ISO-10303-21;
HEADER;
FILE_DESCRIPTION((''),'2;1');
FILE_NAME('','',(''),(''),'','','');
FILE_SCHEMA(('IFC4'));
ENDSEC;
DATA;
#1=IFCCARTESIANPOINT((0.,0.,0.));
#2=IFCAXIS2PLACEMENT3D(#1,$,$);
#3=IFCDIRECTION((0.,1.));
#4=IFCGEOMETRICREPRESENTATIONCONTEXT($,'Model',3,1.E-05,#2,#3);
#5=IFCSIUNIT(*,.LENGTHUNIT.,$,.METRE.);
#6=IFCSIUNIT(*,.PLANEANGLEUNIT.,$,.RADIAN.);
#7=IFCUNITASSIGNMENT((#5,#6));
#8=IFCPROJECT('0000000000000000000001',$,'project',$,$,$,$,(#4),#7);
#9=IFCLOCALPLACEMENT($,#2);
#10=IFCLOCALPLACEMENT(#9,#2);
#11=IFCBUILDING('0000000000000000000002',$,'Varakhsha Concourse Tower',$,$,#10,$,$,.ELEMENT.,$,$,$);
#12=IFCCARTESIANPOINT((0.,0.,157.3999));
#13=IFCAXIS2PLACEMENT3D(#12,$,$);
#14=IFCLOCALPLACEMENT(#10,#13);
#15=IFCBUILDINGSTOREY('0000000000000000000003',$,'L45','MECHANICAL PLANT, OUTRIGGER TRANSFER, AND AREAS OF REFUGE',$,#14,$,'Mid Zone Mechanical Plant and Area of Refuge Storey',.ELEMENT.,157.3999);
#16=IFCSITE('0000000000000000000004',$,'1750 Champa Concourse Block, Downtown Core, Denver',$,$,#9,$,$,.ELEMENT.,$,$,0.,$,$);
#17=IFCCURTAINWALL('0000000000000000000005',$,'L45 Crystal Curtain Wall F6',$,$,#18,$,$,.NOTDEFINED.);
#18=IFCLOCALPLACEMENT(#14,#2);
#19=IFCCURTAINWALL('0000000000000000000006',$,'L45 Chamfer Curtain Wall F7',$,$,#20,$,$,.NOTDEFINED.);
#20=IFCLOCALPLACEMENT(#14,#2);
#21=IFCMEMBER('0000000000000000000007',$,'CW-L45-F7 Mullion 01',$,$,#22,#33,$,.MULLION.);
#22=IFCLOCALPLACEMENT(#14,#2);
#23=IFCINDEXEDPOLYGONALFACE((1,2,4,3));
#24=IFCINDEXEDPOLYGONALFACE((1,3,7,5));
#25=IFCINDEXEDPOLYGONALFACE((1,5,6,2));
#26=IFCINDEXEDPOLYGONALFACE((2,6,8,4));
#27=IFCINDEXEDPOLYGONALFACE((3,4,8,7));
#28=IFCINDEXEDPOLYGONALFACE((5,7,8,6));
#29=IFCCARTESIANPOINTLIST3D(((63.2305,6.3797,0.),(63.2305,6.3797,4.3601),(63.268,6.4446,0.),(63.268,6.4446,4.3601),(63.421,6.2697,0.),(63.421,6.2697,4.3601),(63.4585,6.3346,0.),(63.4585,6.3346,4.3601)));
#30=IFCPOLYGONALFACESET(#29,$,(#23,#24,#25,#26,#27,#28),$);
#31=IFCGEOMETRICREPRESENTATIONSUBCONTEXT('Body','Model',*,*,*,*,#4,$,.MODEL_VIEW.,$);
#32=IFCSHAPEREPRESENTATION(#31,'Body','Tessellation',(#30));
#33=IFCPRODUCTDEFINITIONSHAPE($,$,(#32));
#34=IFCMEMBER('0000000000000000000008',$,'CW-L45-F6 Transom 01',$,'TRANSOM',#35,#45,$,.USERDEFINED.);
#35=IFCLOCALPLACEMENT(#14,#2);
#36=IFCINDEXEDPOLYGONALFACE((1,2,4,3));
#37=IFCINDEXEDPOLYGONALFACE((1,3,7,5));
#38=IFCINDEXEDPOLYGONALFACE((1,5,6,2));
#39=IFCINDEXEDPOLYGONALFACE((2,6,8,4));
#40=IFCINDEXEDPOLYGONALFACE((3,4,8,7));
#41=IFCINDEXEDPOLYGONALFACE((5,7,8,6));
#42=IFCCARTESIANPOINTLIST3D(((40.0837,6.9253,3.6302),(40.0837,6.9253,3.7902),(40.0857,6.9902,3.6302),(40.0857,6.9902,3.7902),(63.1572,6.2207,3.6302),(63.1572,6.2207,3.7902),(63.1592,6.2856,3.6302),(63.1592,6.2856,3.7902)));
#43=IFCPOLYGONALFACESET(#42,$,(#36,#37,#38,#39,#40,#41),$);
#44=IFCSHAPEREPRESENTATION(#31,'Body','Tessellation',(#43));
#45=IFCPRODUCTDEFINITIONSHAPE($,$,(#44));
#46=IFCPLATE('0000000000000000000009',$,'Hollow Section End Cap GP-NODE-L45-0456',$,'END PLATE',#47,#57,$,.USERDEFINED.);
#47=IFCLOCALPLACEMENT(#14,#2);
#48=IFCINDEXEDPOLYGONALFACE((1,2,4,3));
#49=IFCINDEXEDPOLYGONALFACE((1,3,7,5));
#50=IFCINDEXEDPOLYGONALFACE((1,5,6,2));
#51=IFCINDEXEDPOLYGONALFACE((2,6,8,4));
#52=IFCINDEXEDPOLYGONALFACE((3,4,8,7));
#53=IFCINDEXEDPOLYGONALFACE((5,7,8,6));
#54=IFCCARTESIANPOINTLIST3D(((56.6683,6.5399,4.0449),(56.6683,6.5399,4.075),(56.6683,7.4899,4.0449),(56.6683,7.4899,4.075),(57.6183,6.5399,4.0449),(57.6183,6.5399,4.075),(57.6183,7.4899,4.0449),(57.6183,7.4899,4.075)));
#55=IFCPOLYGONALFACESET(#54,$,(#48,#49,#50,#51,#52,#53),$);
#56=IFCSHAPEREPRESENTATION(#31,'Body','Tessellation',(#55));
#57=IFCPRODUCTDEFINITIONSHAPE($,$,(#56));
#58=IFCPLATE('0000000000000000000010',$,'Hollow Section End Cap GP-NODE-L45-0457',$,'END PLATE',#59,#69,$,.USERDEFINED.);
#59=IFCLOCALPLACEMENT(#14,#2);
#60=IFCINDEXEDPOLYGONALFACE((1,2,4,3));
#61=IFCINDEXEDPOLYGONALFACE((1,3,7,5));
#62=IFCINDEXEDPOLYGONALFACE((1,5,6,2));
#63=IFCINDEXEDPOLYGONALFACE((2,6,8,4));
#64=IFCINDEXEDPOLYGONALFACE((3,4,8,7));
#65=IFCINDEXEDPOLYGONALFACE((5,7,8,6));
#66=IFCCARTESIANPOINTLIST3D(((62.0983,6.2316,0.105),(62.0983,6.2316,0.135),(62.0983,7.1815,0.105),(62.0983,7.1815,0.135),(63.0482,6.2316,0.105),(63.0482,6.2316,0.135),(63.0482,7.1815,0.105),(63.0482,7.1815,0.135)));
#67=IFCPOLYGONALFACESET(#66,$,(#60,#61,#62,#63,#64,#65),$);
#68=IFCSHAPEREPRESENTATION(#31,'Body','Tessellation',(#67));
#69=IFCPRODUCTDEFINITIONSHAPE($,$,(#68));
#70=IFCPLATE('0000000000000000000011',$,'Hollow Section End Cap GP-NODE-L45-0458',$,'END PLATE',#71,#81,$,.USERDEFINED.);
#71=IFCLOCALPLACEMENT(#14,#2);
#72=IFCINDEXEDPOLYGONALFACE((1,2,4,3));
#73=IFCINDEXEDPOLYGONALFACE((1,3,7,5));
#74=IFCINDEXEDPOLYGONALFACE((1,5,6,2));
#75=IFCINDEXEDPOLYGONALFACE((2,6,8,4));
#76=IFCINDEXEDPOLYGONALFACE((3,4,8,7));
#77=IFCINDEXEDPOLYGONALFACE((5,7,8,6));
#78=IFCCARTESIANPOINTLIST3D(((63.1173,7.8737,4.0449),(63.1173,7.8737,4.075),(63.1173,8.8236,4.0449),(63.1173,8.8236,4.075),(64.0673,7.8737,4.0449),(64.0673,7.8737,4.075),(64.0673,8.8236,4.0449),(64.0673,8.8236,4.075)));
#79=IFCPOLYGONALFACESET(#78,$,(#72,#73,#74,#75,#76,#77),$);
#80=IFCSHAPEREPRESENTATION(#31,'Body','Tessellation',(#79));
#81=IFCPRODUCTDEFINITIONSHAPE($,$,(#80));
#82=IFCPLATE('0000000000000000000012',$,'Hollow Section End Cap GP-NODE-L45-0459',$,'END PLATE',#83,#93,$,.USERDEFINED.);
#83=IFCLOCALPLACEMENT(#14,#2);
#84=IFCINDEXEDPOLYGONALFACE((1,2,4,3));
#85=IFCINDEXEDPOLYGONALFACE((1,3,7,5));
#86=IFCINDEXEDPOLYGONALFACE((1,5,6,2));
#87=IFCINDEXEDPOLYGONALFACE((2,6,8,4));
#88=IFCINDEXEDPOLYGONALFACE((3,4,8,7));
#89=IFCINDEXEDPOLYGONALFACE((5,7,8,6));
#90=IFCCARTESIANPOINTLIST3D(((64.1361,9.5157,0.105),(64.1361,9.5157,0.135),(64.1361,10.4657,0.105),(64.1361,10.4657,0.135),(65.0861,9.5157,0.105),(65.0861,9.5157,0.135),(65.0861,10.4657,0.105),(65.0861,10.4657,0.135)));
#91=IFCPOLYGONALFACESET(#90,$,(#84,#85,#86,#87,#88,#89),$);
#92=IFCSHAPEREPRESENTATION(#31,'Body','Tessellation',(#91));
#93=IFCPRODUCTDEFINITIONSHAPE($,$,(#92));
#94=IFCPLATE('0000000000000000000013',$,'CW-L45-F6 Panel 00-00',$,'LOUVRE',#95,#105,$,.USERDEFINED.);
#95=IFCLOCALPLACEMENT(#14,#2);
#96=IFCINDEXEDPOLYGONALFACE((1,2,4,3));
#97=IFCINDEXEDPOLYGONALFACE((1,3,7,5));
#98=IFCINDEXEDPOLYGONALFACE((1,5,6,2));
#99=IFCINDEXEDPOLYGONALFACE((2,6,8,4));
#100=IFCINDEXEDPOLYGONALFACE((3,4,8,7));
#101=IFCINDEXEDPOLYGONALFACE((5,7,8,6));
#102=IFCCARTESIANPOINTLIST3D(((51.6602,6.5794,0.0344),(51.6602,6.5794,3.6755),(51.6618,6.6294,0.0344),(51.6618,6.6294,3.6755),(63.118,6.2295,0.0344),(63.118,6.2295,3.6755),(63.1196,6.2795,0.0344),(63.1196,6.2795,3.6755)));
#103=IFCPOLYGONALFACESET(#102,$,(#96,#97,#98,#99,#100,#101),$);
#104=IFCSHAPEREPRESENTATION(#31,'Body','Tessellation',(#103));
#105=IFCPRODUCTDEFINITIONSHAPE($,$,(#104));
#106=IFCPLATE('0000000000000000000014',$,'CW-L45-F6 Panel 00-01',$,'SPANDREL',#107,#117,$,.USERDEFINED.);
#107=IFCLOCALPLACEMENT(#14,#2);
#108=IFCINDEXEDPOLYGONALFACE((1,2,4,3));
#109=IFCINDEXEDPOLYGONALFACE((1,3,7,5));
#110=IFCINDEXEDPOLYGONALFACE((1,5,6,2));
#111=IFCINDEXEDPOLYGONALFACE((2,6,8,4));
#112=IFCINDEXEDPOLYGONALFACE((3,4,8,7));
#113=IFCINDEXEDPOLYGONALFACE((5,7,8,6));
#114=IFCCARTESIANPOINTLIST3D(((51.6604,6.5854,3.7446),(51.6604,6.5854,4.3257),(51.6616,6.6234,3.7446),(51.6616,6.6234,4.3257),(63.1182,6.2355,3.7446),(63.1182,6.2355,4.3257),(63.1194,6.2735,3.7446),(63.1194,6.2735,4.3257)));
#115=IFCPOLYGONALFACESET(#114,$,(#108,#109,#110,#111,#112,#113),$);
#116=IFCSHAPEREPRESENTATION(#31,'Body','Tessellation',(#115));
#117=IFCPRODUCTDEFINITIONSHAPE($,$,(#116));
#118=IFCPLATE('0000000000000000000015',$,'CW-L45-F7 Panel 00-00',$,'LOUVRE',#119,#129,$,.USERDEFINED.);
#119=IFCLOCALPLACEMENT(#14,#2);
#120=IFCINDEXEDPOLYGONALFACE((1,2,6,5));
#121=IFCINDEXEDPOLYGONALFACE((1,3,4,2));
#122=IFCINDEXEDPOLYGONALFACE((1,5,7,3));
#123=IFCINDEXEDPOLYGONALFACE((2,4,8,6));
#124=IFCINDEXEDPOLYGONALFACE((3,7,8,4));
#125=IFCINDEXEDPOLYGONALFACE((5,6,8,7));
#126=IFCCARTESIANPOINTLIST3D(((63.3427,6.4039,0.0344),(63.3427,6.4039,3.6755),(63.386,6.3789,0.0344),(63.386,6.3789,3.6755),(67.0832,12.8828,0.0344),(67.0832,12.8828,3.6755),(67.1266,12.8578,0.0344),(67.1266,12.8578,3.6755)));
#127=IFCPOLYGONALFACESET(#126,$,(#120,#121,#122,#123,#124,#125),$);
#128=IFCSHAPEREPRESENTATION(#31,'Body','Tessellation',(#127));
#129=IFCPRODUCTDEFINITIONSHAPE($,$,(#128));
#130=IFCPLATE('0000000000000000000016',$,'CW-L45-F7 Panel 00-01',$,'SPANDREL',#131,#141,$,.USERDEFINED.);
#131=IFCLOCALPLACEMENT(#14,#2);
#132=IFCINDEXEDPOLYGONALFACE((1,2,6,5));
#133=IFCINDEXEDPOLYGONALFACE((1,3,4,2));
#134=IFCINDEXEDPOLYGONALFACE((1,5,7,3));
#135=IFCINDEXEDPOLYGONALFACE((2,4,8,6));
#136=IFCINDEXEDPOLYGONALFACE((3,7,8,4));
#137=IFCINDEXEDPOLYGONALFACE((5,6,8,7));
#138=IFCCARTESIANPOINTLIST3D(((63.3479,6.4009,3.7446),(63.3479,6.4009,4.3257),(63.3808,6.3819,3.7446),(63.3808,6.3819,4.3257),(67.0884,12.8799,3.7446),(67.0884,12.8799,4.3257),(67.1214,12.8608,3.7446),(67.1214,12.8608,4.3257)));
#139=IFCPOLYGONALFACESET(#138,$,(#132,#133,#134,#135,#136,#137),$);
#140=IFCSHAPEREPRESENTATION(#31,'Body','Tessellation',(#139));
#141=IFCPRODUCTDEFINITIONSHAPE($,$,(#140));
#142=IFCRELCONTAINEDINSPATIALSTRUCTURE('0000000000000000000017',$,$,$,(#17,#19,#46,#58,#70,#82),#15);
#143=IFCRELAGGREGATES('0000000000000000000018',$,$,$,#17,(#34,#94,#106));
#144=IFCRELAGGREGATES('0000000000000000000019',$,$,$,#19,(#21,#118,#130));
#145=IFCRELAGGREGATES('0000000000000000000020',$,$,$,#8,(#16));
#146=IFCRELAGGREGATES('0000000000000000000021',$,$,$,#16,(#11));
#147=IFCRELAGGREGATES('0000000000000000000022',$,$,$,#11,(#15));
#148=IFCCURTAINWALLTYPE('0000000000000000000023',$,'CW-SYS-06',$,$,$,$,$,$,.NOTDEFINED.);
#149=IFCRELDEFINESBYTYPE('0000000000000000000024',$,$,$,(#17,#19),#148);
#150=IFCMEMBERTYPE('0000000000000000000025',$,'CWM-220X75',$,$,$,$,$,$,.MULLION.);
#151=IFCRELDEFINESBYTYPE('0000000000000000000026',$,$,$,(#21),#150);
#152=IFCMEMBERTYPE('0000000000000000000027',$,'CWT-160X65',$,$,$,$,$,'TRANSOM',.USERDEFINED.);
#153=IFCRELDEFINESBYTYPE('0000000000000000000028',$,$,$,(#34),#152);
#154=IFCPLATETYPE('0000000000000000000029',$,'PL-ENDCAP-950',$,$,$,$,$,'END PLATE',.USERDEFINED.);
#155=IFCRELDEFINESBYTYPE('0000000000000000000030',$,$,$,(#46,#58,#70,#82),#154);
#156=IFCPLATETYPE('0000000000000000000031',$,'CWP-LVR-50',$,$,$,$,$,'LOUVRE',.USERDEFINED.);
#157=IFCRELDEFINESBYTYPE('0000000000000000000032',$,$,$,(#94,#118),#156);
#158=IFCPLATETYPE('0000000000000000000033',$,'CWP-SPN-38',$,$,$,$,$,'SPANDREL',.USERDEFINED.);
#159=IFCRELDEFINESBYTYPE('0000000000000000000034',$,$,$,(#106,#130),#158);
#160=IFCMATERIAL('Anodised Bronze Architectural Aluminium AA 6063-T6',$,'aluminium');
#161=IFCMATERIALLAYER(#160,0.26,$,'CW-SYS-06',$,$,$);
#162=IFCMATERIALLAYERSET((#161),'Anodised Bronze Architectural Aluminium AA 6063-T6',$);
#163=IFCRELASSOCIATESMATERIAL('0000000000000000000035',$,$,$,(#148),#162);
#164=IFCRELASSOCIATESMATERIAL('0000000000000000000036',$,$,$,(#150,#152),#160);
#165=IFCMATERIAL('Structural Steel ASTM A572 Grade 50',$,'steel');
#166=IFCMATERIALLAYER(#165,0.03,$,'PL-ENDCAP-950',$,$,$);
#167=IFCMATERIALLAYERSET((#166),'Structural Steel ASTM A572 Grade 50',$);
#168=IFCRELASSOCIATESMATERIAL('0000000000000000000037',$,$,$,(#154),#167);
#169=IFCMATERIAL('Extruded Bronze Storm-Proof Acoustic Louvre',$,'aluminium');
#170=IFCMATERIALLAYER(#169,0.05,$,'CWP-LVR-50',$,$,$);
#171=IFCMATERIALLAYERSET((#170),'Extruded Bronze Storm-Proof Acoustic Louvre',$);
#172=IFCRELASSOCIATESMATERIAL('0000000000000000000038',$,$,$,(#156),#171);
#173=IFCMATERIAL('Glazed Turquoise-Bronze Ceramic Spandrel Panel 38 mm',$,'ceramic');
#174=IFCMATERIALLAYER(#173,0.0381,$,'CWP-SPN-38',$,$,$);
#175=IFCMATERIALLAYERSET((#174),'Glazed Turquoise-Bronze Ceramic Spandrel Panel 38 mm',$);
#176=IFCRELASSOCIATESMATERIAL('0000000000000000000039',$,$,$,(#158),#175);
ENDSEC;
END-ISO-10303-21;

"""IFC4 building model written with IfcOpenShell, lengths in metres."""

from ifc_helpers import new_model, si_unit, direction, frame, origin, origin_2d, place, context, subcontext, project, spatial, rectangle, extrude, source, transform, mapped, material, layer, layer_set, material_profile, profile_set, type_object, type_shapes, element, aggregate, save


model = new_model("IFC4")

# Units and contexts
model_context = context("Model", 3, precision=1e-05, world=origin(), true_north=direction((0.0, 1.0)))
body_context = subcontext(model_context, "Body", "Model", "MODEL_VIEW")
ifc_project = project(units=[si_unit("LENGTHUNIT", "METRE"), si_unit("PLANEANGLEUNIT", "RADIAN")], contexts=[model_context])

# Site, building, storey
site_placement = place(None, origin())
site = spatial("IfcSite", under=ifc_project, at=site_placement, Name="1750 Champa Concourse Block, Downtown Core, Denver", CompositionType="ELEMENT", RefElevation=0.0)
building_placement = place(site_placement, origin())
building = spatial("IfcBuilding", under=site, at=building_placement, Name="Varakhsha Concourse Tower", CompositionType="ELEMENT")
storey_placement = place(building_placement, frame((0.0, 0.0, 157.3999)))
storey = spatial("IfcBuildingStorey", under=building, at=storey_placement, Name="L45", Description="MECHANICAL PLANT, OUTRIGGER TRANSFER, AND AREAS OF REFUGE", LongName="Mid Zone Mechanical Plant and Area of Refuge Storey", CompositionType="ELEMENT", Elevation=157.3999)

# Shared definitions
ifc_material_1 = material(Name="Structural Steel ASTM A572 Grade 50", Category="steel")

# Curtain walls, member
ifc_material_2 = material(Name="Anodised Bronze Architectural Aluminium AA 6063-T6", Category="aluminium")
ifc_layer_1 = layer(ifc_material_2, 0.26, Name="CW-SYS-06")
ifc_layer_set_1 = layer_set([ifc_layer_1], Name="Anodised Bronze Architectural Aluminium AA 6063-T6")
curtain_wall_type = type_object("IfcCurtainWallType", Name="CW-SYS-06", PredefinedType="NOTDEFINED", material=ifc_layer_set_1)
curtain_wall_1_placement = place(storey_placement, origin())
curtain_wall_1 = element("IfcCurtainWall", 1, at=curtain_wall_1_placement, inside=storey, type_object=curtain_wall_type, Name="L45 Crystal Curtain Wall F6", PredefinedType="NOTDEFINED")
ifc_material_profile_1 = material_profile(ifc_material_2, rectangle(XDim=0.075, YDim=0.22, at=origin_2d()), Name="CWM-220X75")
ifc_profile_set_1 = profile_set([ifc_material_profile_1], Name="Anodised Bronze Architectural Aluminium AA 6063-T6")
member_type_1 = type_object("IfcMemberType", Name="CWM-220X75", PredefinedType="MULLION", material=ifc_profile_set_1)
shared_shape_1 = source(origin(), body_context, "Body", "SweptSolid", [
    extrude(rectangle(XDim=0.075, YDim=0.22, at=origin_2d()), origin(), (0.0, 0.0, 1.0), 4.3601),
])
type_shapes(member_type_1, [shared_shape_1])
curtain_wall_2_placement = place(storey_placement, origin())
curtain_wall_2 = element("IfcCurtainWall", 2, at=curtain_wall_2_placement, inside=storey, type_object=curtain_wall_type, Name="L45 Chamfer Curtain Wall F7", PredefinedType="NOTDEFINED")
member_1_placement = place(storey_placement, frame((63.3445, 6.3572, 0.0), z_axis=(0.0, 0.0, 1.0), x_axis=(-0.499991, -0.866031, 0.0)))
member_1 = element("IfcMember", 3, at=member_1_placement, type_object=member_type_1, Name="CW-L45-F7 Mullion 01", PredefinedType="MULLION", context=body_context, shape_type="MappedRepresentation", body=[
    mapped(shared_shape_1, transform((0.0, 0.0, 0.0), scale=1.0)),
])

# Member
ifc_material_profile_2 = material_profile(ifc_material_2, rectangle(XDim=0.0649, YDim=0.1599, at=origin_2d()), Name="CWT-160X65")
ifc_profile_set_2 = profile_set([ifc_material_profile_2], Name="Anodised Bronze Architectural Aluminium AA 6063-T6")
member_type_2 = type_object("IfcMemberType", Name="CWT-160X65", ElementType="TRANSOM", PredefinedType="USERDEFINED", material=ifc_profile_set_2)
shared_shape_2 = source(origin(), body_context, "Body", "SweptSolid", [
    extrude(rectangle(XDim=0.0649, YDim=0.1599, at=origin_2d()), origin(), (0.0, 0.0, 1.0), 23.0842),
])
type_shapes(member_type_2, [shared_shape_2])
member_2_placement = place(storey_placement, frame((63.1582, 6.2532, 3.7102), z_axis=(-0.999534, 0.030523, 0.0), x_axis=(-0.030523, -0.999534, 0.0)))
member_2 = element("IfcMember", 4, at=member_2_placement, type_object=member_type_2, Name="CW-L45-F6 Transom 01", ObjectType="TRANSOM", PredefinedType="USERDEFINED", context=body_context, shape_type="MappedRepresentation", body=[
    mapped(shared_shape_2, transform((0.0, 0.0, 0.0), scale=1.0)),
])

# Plates
ifc_layer_2 = layer(ifc_material_1, 0.03, Name="PL-ENDCAP-950")
ifc_layer_set_2 = layer_set([ifc_layer_2], Name="Structural Steel ASTM A572 Grade 50")
plate_type_1 = type_object("IfcPlateType", Name="PL-ENDCAP-950", ElementType="END PLATE", PredefinedType="USERDEFINED", material=ifc_layer_set_2)
shared_shape_3 = source(origin(), body_context, "Body", "SweptSolid", [
    extrude(rectangle(XDim=0.95, YDim=0.95, at=origin_2d()), origin(), (0.0, 0.0, 1.0), 0.03),
])
type_shapes(plate_type_1, [shared_shape_3])
for number, where, z_axis, x_axis, name in (
    (5, (57.1433, 7.0149, 4.0449), (0.0, 0.0, 1.0), (1.0, 0.0, 0.0), "Hollow Section End Cap GP-NODE-L45-0456"),
    (6, (62.5732, 6.7065, 0.105), (0.0, 0.0, 1.0), (1.0, 0.0, 0.0), "Hollow Section End Cap GP-NODE-L45-0457"),
    (7, (63.5923, 8.3486, 4.0449), (0.0, 0.0, 1.0), (1.0, 0.0, 0.0), "Hollow Section End Cap GP-NODE-L45-0458"),
    (8, (64.6111, 9.9907, 0.105), (0.0, 0.0, 1.0), (1.0, 0.0, 0.0), "Hollow Section End Cap GP-NODE-L45-0459"),
):
    element("IfcPlate", number, at=place(storey_placement, frame(where, z_axis=z_axis, x_axis=x_axis)), inside=storey, type_object=plate_type_1, Name=name, ObjectType="END PLATE", PredefinedType="USERDEFINED", context=body_context, shape_type="MappedRepresentation", body=[
        mapped(shared_shape_3, transform((0.0, 0.0, 0.0), scale=1.0)),
    ])

# Plates
ifc_material_3 = material(Name="Extruded Bronze Storm-Proof Acoustic Louvre", Category="aluminium")
ifc_layer_3 = layer(ifc_material_3, 0.05, Name="CWP-LVR-50")
ifc_layer_set_3 = layer_set([ifc_layer_3], Name="Extruded Bronze Storm-Proof Acoustic Louvre")
plate_type_2 = type_object("IfcPlateType", Name="CWP-LVR-50", ElementType="LOUVRE", PredefinedType="USERDEFINED", material=ifc_layer_set_3)
shared_shape_4 = source(origin(), body_context, "Body", "SweptSolid", [
    extrude(rectangle(XDim=11.4631, YDim=0.05, at=origin_2d()), origin(), (0.0, 0.0, 1.0), 3.6411),
])
plate_1_placement = place(storey_placement, frame((57.3899, 6.4294, 0.0344), z_axis=(0.0, 0.0, 1.0), x_axis=(-0.999534, 0.030523, 0.0)))
plate_1 = element("IfcPlate", 9, at=plate_1_placement, type_object=plate_type_2, Name="CW-L45-F6 Panel 00-00", ObjectType="LOUVRE", PredefinedType="USERDEFINED", context=body_context, shape_type="MappedRepresentation", body=[
    mapped(shared_shape_4, transform((0.0, 0.0, 0.0), scale=1.0)),
])
ifc_material_4 = material(Name="Glazed Turquoise-Bronze Ceramic Spandrel Panel 38 mm", Category="ceramic")
ifc_layer_4 = layer(ifc_material_4, 0.0381, Name="CWP-SPN-38")
ifc_layer_set_4 = layer_set([ifc_layer_4], Name="Glazed Turquoise-Bronze Ceramic Spandrel Panel 38 mm")
plate_type_3 = type_object("IfcPlateType", Name="CWP-SPN-38", ElementType="SPANDREL", PredefinedType="USERDEFINED", material=ifc_layer_set_4)
shared_shape_5 = source(origin(), body_context, "Body", "SweptSolid", [
    extrude(rectangle(XDim=11.4631, YDim=0.0381, at=origin_2d()), origin(), (0.0, 0.0, 1.0), 0.5811),
])
plate_2_placement = place(storey_placement, frame((57.3899, 6.4294, 3.7446), z_axis=(0.0, 0.0, 1.0), x_axis=(-0.999534, 0.030523, 0.0)))
plate_2 = element("IfcPlate", 10, at=plate_2_placement, type_object=plate_type_3, Name="CW-L45-F6 Panel 00-01", ObjectType="SPANDREL", PredefinedType="USERDEFINED", context=body_context, shape_type="MappedRepresentation", body=[
    mapped(shared_shape_5, transform((0.0, 0.0, 0.0), scale=1.0)),
])
aggregate(curtain_wall_1, [member_2, plate_1, plate_2])
shared_shape_6 = source(origin(), body_context, "Body", "SweptSolid", [
    extrude(rectangle(XDim=7.4812, YDim=0.05, at=origin_2d()), origin(), (0.0, 0.0, 1.0), 3.6411),
])
type_shapes(plate_type_2, [shared_shape_4, shared_shape_6])
plate_3_placement = place(storey_placement, frame((65.2346, 9.6309, 0.0344), z_axis=(0.0, 0.0, 1.0), x_axis=(-0.499991, -0.866031, 0.0)))
plate_3 = element("IfcPlate", 11, at=plate_3_placement, type_object=plate_type_2, Name="CW-L45-F7 Panel 00-00", ObjectType="LOUVRE", PredefinedType="USERDEFINED", context=body_context, shape_type="MappedRepresentation", body=[
    mapped(shared_shape_6, transform((0.0, 0.0, 0.0), scale=1.0)),
])
shared_shape_7 = source(origin(), body_context, "Body", "SweptSolid", [
    extrude(rectangle(XDim=7.4812, YDim=0.0381, at=origin_2d()), origin(), (0.0, 0.0, 1.0), 0.5811),
])
type_shapes(plate_type_3, [shared_shape_5, shared_shape_7])
plate_4_placement = place(storey_placement, frame((65.2346, 9.6309, 3.7446), z_axis=(0.0, 0.0, 1.0), x_axis=(-0.499991, -0.866031, 0.0)))
plate_4 = element("IfcPlate", 12, at=plate_4_placement, type_object=plate_type_3, Name="CW-L45-F7 Panel 00-01", ObjectType="SPANDREL", PredefinedType="USERDEFINED", context=body_context, shape_type="MappedRepresentation", body=[
    mapped(shared_shape_7, transform((0.0, 0.0, 0.0), scale=1.0)),
])
aggregate(curtain_wall_2, [member_1, plate_3, plate_4])

save(model, "model.ifc")
